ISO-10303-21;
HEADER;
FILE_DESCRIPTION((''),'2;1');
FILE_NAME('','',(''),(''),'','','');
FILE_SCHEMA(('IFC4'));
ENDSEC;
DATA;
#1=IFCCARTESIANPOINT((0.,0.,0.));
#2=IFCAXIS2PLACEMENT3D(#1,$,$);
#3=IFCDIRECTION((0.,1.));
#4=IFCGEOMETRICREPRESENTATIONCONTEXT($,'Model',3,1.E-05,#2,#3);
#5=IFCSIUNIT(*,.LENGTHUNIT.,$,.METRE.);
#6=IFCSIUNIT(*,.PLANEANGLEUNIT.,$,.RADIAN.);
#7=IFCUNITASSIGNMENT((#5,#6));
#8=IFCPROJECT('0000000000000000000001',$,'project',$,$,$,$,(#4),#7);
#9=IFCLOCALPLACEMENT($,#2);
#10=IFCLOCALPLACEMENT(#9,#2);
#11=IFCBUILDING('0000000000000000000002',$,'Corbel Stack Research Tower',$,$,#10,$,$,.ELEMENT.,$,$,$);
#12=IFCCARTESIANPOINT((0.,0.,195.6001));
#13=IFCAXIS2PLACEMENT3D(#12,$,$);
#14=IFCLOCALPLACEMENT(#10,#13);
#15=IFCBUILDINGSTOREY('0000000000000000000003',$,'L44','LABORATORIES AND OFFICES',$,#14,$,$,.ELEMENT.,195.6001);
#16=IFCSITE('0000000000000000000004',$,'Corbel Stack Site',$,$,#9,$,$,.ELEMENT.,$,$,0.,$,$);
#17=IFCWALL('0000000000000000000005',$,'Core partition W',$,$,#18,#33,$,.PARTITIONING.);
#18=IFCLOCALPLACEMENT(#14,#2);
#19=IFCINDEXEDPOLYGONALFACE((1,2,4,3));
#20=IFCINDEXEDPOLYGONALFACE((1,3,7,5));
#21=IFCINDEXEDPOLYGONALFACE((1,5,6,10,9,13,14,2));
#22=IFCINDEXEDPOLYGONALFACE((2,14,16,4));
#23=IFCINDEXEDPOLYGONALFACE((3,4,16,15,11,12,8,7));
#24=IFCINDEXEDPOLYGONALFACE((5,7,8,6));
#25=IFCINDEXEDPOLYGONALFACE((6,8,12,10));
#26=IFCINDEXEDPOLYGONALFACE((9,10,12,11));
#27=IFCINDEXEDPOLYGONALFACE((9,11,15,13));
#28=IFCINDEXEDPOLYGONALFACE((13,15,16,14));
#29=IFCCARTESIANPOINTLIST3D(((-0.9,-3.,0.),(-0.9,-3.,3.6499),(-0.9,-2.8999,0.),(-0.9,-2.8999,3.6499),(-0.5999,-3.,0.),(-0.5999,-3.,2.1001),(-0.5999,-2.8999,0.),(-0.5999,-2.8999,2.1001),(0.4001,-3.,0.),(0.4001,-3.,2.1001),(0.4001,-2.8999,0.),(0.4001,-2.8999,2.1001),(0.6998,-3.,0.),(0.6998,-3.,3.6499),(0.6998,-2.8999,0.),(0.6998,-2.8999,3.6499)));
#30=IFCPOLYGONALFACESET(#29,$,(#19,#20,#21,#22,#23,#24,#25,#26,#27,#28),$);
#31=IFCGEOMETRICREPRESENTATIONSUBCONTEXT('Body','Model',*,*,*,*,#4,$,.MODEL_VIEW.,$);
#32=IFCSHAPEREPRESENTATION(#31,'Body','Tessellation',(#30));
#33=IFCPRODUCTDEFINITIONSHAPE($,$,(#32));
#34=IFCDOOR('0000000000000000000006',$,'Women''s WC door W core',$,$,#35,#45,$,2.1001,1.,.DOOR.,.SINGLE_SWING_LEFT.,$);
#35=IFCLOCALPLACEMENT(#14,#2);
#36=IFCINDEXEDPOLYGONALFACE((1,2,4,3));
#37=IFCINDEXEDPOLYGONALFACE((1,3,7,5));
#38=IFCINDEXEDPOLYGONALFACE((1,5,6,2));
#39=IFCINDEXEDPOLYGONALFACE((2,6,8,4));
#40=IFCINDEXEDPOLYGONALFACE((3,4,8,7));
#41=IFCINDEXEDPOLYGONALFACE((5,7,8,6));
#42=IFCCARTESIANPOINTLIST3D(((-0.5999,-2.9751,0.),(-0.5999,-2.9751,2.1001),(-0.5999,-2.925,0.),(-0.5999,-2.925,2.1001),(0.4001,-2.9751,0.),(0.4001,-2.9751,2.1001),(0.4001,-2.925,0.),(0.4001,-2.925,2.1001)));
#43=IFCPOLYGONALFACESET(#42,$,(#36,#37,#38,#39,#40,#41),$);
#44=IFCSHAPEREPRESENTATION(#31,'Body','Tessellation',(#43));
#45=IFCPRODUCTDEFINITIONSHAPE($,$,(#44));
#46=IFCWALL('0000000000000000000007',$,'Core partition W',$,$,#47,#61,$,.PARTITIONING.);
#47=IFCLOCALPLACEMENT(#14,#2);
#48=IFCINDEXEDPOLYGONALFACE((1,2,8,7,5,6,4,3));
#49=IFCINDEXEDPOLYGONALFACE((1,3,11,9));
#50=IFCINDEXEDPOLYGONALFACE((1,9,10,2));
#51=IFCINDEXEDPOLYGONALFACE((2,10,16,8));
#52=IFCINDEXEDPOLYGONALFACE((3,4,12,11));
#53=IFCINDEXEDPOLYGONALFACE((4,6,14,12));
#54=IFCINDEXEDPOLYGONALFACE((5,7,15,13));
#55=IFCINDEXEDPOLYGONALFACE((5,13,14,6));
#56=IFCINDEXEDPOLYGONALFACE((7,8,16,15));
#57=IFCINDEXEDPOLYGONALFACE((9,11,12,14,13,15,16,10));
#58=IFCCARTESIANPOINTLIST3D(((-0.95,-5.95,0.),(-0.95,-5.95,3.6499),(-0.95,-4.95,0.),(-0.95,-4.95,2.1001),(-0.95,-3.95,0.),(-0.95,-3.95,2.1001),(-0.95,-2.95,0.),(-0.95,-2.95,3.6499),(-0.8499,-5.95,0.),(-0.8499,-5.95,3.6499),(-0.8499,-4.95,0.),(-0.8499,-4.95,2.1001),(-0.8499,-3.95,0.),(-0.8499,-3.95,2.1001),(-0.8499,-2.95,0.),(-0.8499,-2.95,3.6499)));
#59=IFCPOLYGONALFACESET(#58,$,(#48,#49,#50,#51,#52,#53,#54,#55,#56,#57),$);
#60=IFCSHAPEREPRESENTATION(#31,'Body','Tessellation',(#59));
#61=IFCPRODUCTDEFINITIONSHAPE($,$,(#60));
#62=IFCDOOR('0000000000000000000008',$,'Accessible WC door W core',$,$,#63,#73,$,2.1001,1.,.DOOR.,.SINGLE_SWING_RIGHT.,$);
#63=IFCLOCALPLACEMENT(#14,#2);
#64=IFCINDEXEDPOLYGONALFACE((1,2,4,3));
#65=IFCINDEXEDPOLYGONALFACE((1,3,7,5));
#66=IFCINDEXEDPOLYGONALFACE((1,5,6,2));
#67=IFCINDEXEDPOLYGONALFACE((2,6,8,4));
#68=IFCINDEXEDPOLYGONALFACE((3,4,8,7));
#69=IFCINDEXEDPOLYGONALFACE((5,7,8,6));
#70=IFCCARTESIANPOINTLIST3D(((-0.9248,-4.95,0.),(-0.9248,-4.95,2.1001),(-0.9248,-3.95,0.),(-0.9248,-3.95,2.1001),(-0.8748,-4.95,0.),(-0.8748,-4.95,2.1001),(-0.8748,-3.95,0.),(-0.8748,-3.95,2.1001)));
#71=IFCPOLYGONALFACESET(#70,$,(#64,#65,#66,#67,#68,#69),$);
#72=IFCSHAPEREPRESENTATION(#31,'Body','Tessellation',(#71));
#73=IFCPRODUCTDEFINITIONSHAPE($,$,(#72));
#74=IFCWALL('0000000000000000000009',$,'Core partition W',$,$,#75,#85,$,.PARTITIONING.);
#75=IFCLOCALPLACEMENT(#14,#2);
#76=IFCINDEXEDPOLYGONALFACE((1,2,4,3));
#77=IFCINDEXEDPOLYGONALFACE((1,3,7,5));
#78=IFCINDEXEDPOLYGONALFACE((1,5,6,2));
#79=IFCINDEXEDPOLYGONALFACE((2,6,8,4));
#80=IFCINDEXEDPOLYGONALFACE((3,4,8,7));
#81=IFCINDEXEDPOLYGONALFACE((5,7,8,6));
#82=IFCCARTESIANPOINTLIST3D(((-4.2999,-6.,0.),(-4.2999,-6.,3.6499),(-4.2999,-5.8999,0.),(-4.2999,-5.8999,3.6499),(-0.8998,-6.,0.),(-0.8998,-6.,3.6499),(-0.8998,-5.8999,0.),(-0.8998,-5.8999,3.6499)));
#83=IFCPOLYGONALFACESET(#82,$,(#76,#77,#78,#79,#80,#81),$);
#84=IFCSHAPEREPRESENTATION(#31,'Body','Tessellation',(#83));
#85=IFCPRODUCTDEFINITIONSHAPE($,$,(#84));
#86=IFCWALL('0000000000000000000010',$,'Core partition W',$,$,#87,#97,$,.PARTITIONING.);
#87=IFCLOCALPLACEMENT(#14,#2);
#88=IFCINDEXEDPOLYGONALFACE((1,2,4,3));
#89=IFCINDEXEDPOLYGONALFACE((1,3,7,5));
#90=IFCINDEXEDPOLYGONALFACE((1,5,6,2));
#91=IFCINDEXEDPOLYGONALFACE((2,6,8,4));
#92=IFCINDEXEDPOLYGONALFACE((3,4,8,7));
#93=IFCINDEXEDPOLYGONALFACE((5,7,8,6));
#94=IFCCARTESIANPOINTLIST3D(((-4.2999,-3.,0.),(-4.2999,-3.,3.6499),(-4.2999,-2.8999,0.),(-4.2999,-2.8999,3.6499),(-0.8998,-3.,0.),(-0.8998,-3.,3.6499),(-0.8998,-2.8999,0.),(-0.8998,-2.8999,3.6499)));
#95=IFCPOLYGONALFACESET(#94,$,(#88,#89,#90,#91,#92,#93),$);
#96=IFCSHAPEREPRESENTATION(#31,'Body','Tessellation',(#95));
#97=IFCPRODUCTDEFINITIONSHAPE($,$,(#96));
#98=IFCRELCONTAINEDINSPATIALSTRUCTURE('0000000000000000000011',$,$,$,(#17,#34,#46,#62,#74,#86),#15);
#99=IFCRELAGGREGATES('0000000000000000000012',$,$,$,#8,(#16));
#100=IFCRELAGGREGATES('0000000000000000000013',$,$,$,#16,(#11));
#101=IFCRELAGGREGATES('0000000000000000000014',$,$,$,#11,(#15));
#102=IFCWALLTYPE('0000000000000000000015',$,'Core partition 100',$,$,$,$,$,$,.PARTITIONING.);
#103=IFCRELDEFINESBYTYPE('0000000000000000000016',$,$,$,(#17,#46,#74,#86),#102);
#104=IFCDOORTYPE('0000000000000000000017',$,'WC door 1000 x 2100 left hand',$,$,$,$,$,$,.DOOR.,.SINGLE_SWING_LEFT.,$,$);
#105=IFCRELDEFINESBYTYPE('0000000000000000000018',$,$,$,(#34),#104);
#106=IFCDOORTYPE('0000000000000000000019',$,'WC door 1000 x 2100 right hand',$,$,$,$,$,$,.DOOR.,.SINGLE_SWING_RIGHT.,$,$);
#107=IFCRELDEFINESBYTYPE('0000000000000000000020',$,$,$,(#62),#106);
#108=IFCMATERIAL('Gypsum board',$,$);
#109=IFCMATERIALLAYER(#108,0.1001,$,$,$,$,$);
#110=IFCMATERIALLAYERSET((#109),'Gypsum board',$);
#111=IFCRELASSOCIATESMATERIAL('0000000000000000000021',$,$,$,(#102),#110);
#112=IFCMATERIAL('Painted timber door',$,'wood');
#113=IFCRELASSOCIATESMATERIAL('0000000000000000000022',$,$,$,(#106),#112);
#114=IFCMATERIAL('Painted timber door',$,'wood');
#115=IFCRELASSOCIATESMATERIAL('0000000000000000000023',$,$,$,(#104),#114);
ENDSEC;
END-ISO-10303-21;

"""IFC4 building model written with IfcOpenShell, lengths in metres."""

from ifc_helpers import new_model, si_unit, direction, frame, frame_2d, origin, place, context, subcontext, project, spatial, rectangle, extrude, material, layer, layer_set, type_object, element, fill, save


model = new_model("IFC4")

# Units and contexts
model_context = context("Model", 3, precision=1e-05, world=origin(), true_north=direction((0.0, 1.0)))
body_context = subcontext(model_context, "Body", "Model", "MODEL_VIEW")
ifc_project = project(units=[si_unit("LENGTHUNIT", "METRE"), si_unit("PLANEANGLEUNIT", "RADIAN")], contexts=[model_context])

# Site, building, storey
site_placement = place(None, origin())
site = spatial("IfcSite", under=ifc_project, at=site_placement, Name="Corbel Stack Site", CompositionType="ELEMENT", RefElevation=0.0)
building_placement = place(site_placement, origin())
building = spatial("IfcBuilding", under=site, at=building_placement, Name="Corbel Stack Research Tower", CompositionType="ELEMENT")
storey_placement = place(building_placement, frame((0.0, 0.0, 195.6001)))
storey = spatial("IfcBuildingStorey", under=building, at=storey_placement, Name="L44", Description="LABORATORIES AND OFFICES", CompositionType="ELEMENT", Elevation=195.6001)

# Walls, openings, doors
ifc_material_1 = material(Name="Gypsum board")
ifc_layer_1 = layer(ifc_material_1, 0.1001)
ifc_layer_set_1 = layer_set([ifc_layer_1], Name="Gypsum board")
wall_type_1 = type_object("IfcWallType", Name="Core partition 100", PredefinedType="PARTITIONING", material=ifc_layer_set_1)
ifc_material_2 = material(Name="Painted timber door", Category="wood")
door_type_1 = type_object("IfcDoorType", Name="WC door 1000 x 2100 right hand", OperationType="SINGLE_SWING_RIGHT", PredefinedType="DOOR", material=ifc_material_2)
wall_1_placement = place(storey_placement, frame((-0.8999, -2.95, 0.0), z_axis=(0.0, 0.0, 1.0), x_axis=(1.0, 0.0, 0.0)))
wall_1 = element("IfcWall", 1, at=wall_1_placement, inside=storey, type_object=wall_type_1, Name="Core partition W", PredefinedType="PARTITIONING", context=body_context, shape_type="SweptSolid", body=[
    extrude(rectangle(XDim=1.5999, YDim=0.1001, at=frame_2d((0.7998, 0.0))), origin(), (0.0, 0.0, 1.0), 3.6499),
])
opening_1_placement = place(wall_1_placement, frame((0.3, 0.0, 0.0)))
opening_1 = element("IfcOpeningElement", 2, at=opening_1_placement, cuts=wall_1, PredefinedType="OPENING", context=body_context, shape_type="SweptSolid", body=[
    extrude(rectangle(XDim=1.0, YDim=2.1001, at=frame_2d((0.5, 1.05))), frame((0.0, 0.0601, 0.0), z_axis=(0.0, -1.0, 0.0), x_axis=(1.0, 0.0, 0.0)), (0.0, 0.0, 1.0), 0.1201),
])
ifc_material_3 = material(Name="Painted timber door", Category="wood")
door_type_2 = type_object("IfcDoorType", Name="WC door 1000 x 2100 left hand", OperationType="SINGLE_SWING_LEFT", PredefinedType="DOOR", material=ifc_material_3)
door_1_placement = place(opening_1_placement, origin())
door_1 = element("IfcDoor", 3, at=door_1_placement, inside=storey, type_object=door_type_2, Name="Women's WC door W core", OperationType="SINGLE_SWING_LEFT", OverallHeight=2.1001, OverallWidth=1.0, PredefinedType="DOOR", context=body_context, shape_type="SweptSolid", body=[
    extrude(rectangle(XDim=1.0, YDim=2.1001, at=frame_2d((0.5, 1.05))), frame((0.0, 0.0249, 0.0), z_axis=(0.0, -1.0, 0.0), x_axis=(1.0, 0.0, 0.0)), (0.0, 0.0, 1.0), 0.05),
])
fill(opening_1, door_1)
wall_2_placement = place(storey_placement, frame((-0.8999, -5.95, 0.0), z_axis=(0.0, 0.0, 1.0), x_axis=(0.0, 1.0, 0.0)))
wall_2 = element("IfcWall", 4, at=wall_2_placement, inside=storey, type_object=wall_type_1, Name="Core partition W", PredefinedType="PARTITIONING", context=body_context, shape_type="SweptSolid", body=[
    extrude(rectangle(XDim=3.0, YDim=0.1001, at=frame_2d((1.5, 0.0))), origin(), (0.0, 0.0, 1.0), 3.6499),
])
opening_2_placement = place(wall_2_placement, frame((1.0, 0.0, 0.0)))
opening_2 = element("IfcOpeningElement", 5, at=opening_2_placement, cuts=wall_2, PredefinedType="OPENING", context=body_context, shape_type="SweptSolid", body=[
    extrude(rectangle(XDim=1.0, YDim=2.1001, at=frame_2d((0.5, 1.05))), frame((0.0, 0.0601, 0.0), z_axis=(0.0, -1.0, 0.0), x_axis=(1.0, 0.0, 0.0)), (0.0, 0.0, 1.0), 0.1201),
])
door_2_placement = place(opening_2_placement, origin())
door_2 = element("IfcDoor", 6, at=door_2_placement, inside=storey, type_object=door_type_1, Name="Accessible WC door W core", OperationType="SINGLE_SWING_RIGHT", OverallHeight=2.1001, OverallWidth=1.0, PredefinedType="DOOR", context=body_context, shape_type="SweptSolid", body=[
    extrude(rectangle(XDim=1.0, YDim=2.1001, at=frame_2d((0.5, 1.05))), frame((0.0, 0.0249, 0.0), z_axis=(0.0, -1.0, 0.0), x_axis=(1.0, 0.0, 0.0)), (0.0, 0.0, 1.0), 0.05),
])
fill(opening_2, door_2)

# Walls
for number, where, z_axis, x_axis, name in (
    (7, (-4.3, -5.95, 0.0), (0.0, 0.0, 1.0), (1.0, 0.0, 0.0), "Core partition W"),
    (8, (-4.3, -2.95, 0.0), (0.0, 0.0, 1.0), (1.0, 0.0, 0.0), "Core partition W"),
):
    element("IfcWall", number, at=place(storey_placement, frame(where, z_axis=z_axis, x_axis=x_axis)), inside=storey, type_object=wall_type_1, Name=name, PredefinedType="PARTITIONING", context=body_context, shape_type="SweptSolid", body=[
        extrude(rectangle(XDim=3.4001, YDim=0.1001, at=frame_2d((1.7002, 0.0))), origin(), (0.0, 0.0, 1.0), 3.6499),
    ])

save(model, "model.ifc")
